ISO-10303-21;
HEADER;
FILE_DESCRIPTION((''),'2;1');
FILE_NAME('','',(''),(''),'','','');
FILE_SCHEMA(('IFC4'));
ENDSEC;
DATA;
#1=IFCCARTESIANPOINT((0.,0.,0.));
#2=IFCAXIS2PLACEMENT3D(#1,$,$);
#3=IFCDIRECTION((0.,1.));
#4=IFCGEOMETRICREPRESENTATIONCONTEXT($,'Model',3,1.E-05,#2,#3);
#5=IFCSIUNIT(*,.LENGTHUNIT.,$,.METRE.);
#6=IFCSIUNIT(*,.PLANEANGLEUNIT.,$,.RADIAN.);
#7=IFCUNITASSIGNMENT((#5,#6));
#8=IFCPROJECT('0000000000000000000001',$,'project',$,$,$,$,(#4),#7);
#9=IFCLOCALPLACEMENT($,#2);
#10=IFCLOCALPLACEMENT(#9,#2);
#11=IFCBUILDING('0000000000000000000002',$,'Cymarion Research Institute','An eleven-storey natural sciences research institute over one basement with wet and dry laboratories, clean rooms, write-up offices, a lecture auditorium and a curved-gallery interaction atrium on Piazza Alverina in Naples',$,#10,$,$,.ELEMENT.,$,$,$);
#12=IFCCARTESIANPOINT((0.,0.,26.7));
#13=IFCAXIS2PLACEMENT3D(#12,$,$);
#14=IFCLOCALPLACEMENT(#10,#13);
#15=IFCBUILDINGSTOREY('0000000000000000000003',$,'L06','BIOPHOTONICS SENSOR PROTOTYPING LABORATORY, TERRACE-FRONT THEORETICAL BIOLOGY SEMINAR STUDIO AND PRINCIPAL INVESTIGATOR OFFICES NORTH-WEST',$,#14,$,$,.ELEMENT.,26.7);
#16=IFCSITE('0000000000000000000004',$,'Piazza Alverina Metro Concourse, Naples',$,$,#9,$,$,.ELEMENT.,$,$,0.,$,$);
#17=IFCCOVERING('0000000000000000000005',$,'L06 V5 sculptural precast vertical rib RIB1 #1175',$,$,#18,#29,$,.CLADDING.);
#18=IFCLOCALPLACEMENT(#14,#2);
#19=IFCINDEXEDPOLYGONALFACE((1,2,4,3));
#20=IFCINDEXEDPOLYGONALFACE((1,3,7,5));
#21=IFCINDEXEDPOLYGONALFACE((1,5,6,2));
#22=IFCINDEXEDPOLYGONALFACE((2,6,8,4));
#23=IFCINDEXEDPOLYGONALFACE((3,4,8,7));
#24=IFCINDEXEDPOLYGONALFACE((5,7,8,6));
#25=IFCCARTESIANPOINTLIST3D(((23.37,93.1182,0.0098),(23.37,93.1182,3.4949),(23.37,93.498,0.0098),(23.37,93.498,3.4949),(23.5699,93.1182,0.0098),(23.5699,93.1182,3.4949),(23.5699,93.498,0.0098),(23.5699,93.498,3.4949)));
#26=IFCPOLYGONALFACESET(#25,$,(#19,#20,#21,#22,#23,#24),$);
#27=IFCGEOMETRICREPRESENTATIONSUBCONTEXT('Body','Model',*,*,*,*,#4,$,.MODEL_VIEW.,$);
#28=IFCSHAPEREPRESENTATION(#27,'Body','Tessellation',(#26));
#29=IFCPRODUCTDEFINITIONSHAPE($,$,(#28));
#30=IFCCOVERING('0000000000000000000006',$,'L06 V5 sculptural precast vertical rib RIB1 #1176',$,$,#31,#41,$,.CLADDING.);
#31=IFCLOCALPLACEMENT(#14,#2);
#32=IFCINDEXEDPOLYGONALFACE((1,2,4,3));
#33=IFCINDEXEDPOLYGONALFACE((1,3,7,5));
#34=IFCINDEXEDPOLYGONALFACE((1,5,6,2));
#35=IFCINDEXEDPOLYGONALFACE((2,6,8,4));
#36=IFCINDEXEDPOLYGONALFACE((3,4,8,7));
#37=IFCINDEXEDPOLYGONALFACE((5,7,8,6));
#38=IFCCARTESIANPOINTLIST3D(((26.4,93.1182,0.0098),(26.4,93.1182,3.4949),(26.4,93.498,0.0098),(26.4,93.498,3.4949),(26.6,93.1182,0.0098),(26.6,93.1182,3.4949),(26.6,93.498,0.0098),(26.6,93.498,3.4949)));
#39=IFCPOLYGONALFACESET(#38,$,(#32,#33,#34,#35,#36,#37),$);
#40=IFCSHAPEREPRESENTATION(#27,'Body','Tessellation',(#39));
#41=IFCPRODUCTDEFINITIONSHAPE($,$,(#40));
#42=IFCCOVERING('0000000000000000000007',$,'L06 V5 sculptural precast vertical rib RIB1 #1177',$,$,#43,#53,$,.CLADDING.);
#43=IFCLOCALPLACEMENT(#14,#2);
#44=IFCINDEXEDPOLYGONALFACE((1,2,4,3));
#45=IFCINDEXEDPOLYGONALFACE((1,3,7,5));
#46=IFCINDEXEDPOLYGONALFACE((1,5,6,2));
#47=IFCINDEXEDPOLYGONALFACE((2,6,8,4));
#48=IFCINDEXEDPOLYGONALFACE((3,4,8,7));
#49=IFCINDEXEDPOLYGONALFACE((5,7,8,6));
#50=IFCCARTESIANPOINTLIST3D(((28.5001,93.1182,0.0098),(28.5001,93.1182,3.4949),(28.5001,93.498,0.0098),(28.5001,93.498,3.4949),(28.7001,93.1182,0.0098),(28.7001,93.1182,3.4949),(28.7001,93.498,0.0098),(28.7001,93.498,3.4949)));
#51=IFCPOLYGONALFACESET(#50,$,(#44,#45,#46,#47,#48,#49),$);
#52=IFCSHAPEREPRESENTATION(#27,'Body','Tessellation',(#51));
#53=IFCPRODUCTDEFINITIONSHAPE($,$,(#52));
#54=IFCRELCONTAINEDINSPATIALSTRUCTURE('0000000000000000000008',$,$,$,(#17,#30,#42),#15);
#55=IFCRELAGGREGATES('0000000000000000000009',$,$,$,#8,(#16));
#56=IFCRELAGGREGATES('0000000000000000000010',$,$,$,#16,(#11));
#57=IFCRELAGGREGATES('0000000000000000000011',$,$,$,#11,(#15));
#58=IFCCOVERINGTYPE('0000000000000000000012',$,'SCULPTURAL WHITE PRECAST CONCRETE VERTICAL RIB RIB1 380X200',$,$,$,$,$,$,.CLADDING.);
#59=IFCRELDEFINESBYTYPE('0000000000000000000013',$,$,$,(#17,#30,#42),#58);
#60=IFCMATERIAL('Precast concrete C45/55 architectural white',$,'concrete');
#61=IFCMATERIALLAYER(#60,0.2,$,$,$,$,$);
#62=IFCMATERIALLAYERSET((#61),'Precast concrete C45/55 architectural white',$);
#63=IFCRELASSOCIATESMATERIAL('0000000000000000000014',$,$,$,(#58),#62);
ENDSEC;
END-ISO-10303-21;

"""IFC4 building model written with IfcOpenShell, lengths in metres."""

from ifc_helpers import new_model, si_unit, direction, frame, origin, origin_2d, place, context, subcontext, project, spatial, rectangle, extrude, material, layer, layer_set, type_object, element, save


model = new_model("IFC4")

# Units and contexts
model_context = context("Model", 3, precision=1e-05, world=origin(), true_north=direction((0.0, 1.0)))
body_context = subcontext(model_context, "Body", "Model", "MODEL_VIEW")
ifc_project = project(units=[si_unit("LENGTHUNIT", "METRE"), si_unit("PLANEANGLEUNIT", "RADIAN")], contexts=[model_context])

# Site, building, storey
site_placement = place(None, origin())
site = spatial("IfcSite", under=ifc_project, at=site_placement, Name="Piazza Alverina Metro Concourse, Naples", CompositionType="ELEMENT", RefElevation=0.0)
building_placement = place(site_placement, origin())
building = spatial("IfcBuilding", under=site, at=building_placement, Name="Cymarion Research Institute", Description="An eleven-storey natural sciences research institute over one basement with wet and dry laboratories, clean rooms, write-up offices, a lecture auditorium and a curved-gallery interaction atrium on Piazza Alverina in Naples", CompositionType="ELEMENT")
storey_placement = place(building_placement, frame((0.0, 0.0, 26.7)))
storey = spatial("IfcBuildingStorey", under=building, at=storey_placement, Name="L06", Description="BIOPHOTONICS SENSOR PROTOTYPING LABORATORY, TERRACE-FRONT THEORETICAL BIOLOGY SEMINAR STUDIO AND PRINCIPAL INVESTIGATOR OFFICES NORTH-WEST", CompositionType="ELEMENT", Elevation=26.7)

# Coverings
ifc_material_1 = material(Name="Precast concrete C45/55 architectural white", Category="concrete")
ifc_layer_1 = layer(ifc_material_1, 0.2)
ifc_layer_set_1 = layer_set([ifc_layer_1], Name="Precast concrete C45/55 architectural white")
covering_type_1 = type_object("IfcCoveringType", Name="SCULPTURAL WHITE PRECAST CONCRETE VERTICAL RIB RIB1 380X200", PredefinedType="CLADDING", material=ifc_layer_set_1)
for number, where, z_axis, x_axis, name in (
    (1, (23.47, 93.3081, 0.0098), (0.0, 0.0, 1.0), (0.0, -1.0, 0.0), "L06 V5 sculptural precast vertical rib RIB1 #1175"),
    (2, (26.5, 93.3081, 0.0098), (0.0, 0.0, 1.0), (0.0, -1.0, 0.0), "L06 V5 sculptural precast vertical rib RIB1 #1176"),
    (3, (28.6001, 93.3081, 0.0098), (0.0, 0.0, 1.0), (0.0, -1.0, 0.0), "L06 V5 sculptural precast vertical rib RIB1 #1177"),
):
    element("IfcCovering", number, at=place(storey_placement, frame(where, z_axis=z_axis, x_axis=x_axis)), inside=storey, type_object=covering_type_1, Name=name, PredefinedType="CLADDING", context=body_context, shape_type="SweptSolid", body=[
        extrude(rectangle(XDim=0.3799, YDim=0.2, at=origin_2d()), origin(), (0.0, 0.0, 1.0), 3.4851),
    ])

save(model, "model.ifc")
